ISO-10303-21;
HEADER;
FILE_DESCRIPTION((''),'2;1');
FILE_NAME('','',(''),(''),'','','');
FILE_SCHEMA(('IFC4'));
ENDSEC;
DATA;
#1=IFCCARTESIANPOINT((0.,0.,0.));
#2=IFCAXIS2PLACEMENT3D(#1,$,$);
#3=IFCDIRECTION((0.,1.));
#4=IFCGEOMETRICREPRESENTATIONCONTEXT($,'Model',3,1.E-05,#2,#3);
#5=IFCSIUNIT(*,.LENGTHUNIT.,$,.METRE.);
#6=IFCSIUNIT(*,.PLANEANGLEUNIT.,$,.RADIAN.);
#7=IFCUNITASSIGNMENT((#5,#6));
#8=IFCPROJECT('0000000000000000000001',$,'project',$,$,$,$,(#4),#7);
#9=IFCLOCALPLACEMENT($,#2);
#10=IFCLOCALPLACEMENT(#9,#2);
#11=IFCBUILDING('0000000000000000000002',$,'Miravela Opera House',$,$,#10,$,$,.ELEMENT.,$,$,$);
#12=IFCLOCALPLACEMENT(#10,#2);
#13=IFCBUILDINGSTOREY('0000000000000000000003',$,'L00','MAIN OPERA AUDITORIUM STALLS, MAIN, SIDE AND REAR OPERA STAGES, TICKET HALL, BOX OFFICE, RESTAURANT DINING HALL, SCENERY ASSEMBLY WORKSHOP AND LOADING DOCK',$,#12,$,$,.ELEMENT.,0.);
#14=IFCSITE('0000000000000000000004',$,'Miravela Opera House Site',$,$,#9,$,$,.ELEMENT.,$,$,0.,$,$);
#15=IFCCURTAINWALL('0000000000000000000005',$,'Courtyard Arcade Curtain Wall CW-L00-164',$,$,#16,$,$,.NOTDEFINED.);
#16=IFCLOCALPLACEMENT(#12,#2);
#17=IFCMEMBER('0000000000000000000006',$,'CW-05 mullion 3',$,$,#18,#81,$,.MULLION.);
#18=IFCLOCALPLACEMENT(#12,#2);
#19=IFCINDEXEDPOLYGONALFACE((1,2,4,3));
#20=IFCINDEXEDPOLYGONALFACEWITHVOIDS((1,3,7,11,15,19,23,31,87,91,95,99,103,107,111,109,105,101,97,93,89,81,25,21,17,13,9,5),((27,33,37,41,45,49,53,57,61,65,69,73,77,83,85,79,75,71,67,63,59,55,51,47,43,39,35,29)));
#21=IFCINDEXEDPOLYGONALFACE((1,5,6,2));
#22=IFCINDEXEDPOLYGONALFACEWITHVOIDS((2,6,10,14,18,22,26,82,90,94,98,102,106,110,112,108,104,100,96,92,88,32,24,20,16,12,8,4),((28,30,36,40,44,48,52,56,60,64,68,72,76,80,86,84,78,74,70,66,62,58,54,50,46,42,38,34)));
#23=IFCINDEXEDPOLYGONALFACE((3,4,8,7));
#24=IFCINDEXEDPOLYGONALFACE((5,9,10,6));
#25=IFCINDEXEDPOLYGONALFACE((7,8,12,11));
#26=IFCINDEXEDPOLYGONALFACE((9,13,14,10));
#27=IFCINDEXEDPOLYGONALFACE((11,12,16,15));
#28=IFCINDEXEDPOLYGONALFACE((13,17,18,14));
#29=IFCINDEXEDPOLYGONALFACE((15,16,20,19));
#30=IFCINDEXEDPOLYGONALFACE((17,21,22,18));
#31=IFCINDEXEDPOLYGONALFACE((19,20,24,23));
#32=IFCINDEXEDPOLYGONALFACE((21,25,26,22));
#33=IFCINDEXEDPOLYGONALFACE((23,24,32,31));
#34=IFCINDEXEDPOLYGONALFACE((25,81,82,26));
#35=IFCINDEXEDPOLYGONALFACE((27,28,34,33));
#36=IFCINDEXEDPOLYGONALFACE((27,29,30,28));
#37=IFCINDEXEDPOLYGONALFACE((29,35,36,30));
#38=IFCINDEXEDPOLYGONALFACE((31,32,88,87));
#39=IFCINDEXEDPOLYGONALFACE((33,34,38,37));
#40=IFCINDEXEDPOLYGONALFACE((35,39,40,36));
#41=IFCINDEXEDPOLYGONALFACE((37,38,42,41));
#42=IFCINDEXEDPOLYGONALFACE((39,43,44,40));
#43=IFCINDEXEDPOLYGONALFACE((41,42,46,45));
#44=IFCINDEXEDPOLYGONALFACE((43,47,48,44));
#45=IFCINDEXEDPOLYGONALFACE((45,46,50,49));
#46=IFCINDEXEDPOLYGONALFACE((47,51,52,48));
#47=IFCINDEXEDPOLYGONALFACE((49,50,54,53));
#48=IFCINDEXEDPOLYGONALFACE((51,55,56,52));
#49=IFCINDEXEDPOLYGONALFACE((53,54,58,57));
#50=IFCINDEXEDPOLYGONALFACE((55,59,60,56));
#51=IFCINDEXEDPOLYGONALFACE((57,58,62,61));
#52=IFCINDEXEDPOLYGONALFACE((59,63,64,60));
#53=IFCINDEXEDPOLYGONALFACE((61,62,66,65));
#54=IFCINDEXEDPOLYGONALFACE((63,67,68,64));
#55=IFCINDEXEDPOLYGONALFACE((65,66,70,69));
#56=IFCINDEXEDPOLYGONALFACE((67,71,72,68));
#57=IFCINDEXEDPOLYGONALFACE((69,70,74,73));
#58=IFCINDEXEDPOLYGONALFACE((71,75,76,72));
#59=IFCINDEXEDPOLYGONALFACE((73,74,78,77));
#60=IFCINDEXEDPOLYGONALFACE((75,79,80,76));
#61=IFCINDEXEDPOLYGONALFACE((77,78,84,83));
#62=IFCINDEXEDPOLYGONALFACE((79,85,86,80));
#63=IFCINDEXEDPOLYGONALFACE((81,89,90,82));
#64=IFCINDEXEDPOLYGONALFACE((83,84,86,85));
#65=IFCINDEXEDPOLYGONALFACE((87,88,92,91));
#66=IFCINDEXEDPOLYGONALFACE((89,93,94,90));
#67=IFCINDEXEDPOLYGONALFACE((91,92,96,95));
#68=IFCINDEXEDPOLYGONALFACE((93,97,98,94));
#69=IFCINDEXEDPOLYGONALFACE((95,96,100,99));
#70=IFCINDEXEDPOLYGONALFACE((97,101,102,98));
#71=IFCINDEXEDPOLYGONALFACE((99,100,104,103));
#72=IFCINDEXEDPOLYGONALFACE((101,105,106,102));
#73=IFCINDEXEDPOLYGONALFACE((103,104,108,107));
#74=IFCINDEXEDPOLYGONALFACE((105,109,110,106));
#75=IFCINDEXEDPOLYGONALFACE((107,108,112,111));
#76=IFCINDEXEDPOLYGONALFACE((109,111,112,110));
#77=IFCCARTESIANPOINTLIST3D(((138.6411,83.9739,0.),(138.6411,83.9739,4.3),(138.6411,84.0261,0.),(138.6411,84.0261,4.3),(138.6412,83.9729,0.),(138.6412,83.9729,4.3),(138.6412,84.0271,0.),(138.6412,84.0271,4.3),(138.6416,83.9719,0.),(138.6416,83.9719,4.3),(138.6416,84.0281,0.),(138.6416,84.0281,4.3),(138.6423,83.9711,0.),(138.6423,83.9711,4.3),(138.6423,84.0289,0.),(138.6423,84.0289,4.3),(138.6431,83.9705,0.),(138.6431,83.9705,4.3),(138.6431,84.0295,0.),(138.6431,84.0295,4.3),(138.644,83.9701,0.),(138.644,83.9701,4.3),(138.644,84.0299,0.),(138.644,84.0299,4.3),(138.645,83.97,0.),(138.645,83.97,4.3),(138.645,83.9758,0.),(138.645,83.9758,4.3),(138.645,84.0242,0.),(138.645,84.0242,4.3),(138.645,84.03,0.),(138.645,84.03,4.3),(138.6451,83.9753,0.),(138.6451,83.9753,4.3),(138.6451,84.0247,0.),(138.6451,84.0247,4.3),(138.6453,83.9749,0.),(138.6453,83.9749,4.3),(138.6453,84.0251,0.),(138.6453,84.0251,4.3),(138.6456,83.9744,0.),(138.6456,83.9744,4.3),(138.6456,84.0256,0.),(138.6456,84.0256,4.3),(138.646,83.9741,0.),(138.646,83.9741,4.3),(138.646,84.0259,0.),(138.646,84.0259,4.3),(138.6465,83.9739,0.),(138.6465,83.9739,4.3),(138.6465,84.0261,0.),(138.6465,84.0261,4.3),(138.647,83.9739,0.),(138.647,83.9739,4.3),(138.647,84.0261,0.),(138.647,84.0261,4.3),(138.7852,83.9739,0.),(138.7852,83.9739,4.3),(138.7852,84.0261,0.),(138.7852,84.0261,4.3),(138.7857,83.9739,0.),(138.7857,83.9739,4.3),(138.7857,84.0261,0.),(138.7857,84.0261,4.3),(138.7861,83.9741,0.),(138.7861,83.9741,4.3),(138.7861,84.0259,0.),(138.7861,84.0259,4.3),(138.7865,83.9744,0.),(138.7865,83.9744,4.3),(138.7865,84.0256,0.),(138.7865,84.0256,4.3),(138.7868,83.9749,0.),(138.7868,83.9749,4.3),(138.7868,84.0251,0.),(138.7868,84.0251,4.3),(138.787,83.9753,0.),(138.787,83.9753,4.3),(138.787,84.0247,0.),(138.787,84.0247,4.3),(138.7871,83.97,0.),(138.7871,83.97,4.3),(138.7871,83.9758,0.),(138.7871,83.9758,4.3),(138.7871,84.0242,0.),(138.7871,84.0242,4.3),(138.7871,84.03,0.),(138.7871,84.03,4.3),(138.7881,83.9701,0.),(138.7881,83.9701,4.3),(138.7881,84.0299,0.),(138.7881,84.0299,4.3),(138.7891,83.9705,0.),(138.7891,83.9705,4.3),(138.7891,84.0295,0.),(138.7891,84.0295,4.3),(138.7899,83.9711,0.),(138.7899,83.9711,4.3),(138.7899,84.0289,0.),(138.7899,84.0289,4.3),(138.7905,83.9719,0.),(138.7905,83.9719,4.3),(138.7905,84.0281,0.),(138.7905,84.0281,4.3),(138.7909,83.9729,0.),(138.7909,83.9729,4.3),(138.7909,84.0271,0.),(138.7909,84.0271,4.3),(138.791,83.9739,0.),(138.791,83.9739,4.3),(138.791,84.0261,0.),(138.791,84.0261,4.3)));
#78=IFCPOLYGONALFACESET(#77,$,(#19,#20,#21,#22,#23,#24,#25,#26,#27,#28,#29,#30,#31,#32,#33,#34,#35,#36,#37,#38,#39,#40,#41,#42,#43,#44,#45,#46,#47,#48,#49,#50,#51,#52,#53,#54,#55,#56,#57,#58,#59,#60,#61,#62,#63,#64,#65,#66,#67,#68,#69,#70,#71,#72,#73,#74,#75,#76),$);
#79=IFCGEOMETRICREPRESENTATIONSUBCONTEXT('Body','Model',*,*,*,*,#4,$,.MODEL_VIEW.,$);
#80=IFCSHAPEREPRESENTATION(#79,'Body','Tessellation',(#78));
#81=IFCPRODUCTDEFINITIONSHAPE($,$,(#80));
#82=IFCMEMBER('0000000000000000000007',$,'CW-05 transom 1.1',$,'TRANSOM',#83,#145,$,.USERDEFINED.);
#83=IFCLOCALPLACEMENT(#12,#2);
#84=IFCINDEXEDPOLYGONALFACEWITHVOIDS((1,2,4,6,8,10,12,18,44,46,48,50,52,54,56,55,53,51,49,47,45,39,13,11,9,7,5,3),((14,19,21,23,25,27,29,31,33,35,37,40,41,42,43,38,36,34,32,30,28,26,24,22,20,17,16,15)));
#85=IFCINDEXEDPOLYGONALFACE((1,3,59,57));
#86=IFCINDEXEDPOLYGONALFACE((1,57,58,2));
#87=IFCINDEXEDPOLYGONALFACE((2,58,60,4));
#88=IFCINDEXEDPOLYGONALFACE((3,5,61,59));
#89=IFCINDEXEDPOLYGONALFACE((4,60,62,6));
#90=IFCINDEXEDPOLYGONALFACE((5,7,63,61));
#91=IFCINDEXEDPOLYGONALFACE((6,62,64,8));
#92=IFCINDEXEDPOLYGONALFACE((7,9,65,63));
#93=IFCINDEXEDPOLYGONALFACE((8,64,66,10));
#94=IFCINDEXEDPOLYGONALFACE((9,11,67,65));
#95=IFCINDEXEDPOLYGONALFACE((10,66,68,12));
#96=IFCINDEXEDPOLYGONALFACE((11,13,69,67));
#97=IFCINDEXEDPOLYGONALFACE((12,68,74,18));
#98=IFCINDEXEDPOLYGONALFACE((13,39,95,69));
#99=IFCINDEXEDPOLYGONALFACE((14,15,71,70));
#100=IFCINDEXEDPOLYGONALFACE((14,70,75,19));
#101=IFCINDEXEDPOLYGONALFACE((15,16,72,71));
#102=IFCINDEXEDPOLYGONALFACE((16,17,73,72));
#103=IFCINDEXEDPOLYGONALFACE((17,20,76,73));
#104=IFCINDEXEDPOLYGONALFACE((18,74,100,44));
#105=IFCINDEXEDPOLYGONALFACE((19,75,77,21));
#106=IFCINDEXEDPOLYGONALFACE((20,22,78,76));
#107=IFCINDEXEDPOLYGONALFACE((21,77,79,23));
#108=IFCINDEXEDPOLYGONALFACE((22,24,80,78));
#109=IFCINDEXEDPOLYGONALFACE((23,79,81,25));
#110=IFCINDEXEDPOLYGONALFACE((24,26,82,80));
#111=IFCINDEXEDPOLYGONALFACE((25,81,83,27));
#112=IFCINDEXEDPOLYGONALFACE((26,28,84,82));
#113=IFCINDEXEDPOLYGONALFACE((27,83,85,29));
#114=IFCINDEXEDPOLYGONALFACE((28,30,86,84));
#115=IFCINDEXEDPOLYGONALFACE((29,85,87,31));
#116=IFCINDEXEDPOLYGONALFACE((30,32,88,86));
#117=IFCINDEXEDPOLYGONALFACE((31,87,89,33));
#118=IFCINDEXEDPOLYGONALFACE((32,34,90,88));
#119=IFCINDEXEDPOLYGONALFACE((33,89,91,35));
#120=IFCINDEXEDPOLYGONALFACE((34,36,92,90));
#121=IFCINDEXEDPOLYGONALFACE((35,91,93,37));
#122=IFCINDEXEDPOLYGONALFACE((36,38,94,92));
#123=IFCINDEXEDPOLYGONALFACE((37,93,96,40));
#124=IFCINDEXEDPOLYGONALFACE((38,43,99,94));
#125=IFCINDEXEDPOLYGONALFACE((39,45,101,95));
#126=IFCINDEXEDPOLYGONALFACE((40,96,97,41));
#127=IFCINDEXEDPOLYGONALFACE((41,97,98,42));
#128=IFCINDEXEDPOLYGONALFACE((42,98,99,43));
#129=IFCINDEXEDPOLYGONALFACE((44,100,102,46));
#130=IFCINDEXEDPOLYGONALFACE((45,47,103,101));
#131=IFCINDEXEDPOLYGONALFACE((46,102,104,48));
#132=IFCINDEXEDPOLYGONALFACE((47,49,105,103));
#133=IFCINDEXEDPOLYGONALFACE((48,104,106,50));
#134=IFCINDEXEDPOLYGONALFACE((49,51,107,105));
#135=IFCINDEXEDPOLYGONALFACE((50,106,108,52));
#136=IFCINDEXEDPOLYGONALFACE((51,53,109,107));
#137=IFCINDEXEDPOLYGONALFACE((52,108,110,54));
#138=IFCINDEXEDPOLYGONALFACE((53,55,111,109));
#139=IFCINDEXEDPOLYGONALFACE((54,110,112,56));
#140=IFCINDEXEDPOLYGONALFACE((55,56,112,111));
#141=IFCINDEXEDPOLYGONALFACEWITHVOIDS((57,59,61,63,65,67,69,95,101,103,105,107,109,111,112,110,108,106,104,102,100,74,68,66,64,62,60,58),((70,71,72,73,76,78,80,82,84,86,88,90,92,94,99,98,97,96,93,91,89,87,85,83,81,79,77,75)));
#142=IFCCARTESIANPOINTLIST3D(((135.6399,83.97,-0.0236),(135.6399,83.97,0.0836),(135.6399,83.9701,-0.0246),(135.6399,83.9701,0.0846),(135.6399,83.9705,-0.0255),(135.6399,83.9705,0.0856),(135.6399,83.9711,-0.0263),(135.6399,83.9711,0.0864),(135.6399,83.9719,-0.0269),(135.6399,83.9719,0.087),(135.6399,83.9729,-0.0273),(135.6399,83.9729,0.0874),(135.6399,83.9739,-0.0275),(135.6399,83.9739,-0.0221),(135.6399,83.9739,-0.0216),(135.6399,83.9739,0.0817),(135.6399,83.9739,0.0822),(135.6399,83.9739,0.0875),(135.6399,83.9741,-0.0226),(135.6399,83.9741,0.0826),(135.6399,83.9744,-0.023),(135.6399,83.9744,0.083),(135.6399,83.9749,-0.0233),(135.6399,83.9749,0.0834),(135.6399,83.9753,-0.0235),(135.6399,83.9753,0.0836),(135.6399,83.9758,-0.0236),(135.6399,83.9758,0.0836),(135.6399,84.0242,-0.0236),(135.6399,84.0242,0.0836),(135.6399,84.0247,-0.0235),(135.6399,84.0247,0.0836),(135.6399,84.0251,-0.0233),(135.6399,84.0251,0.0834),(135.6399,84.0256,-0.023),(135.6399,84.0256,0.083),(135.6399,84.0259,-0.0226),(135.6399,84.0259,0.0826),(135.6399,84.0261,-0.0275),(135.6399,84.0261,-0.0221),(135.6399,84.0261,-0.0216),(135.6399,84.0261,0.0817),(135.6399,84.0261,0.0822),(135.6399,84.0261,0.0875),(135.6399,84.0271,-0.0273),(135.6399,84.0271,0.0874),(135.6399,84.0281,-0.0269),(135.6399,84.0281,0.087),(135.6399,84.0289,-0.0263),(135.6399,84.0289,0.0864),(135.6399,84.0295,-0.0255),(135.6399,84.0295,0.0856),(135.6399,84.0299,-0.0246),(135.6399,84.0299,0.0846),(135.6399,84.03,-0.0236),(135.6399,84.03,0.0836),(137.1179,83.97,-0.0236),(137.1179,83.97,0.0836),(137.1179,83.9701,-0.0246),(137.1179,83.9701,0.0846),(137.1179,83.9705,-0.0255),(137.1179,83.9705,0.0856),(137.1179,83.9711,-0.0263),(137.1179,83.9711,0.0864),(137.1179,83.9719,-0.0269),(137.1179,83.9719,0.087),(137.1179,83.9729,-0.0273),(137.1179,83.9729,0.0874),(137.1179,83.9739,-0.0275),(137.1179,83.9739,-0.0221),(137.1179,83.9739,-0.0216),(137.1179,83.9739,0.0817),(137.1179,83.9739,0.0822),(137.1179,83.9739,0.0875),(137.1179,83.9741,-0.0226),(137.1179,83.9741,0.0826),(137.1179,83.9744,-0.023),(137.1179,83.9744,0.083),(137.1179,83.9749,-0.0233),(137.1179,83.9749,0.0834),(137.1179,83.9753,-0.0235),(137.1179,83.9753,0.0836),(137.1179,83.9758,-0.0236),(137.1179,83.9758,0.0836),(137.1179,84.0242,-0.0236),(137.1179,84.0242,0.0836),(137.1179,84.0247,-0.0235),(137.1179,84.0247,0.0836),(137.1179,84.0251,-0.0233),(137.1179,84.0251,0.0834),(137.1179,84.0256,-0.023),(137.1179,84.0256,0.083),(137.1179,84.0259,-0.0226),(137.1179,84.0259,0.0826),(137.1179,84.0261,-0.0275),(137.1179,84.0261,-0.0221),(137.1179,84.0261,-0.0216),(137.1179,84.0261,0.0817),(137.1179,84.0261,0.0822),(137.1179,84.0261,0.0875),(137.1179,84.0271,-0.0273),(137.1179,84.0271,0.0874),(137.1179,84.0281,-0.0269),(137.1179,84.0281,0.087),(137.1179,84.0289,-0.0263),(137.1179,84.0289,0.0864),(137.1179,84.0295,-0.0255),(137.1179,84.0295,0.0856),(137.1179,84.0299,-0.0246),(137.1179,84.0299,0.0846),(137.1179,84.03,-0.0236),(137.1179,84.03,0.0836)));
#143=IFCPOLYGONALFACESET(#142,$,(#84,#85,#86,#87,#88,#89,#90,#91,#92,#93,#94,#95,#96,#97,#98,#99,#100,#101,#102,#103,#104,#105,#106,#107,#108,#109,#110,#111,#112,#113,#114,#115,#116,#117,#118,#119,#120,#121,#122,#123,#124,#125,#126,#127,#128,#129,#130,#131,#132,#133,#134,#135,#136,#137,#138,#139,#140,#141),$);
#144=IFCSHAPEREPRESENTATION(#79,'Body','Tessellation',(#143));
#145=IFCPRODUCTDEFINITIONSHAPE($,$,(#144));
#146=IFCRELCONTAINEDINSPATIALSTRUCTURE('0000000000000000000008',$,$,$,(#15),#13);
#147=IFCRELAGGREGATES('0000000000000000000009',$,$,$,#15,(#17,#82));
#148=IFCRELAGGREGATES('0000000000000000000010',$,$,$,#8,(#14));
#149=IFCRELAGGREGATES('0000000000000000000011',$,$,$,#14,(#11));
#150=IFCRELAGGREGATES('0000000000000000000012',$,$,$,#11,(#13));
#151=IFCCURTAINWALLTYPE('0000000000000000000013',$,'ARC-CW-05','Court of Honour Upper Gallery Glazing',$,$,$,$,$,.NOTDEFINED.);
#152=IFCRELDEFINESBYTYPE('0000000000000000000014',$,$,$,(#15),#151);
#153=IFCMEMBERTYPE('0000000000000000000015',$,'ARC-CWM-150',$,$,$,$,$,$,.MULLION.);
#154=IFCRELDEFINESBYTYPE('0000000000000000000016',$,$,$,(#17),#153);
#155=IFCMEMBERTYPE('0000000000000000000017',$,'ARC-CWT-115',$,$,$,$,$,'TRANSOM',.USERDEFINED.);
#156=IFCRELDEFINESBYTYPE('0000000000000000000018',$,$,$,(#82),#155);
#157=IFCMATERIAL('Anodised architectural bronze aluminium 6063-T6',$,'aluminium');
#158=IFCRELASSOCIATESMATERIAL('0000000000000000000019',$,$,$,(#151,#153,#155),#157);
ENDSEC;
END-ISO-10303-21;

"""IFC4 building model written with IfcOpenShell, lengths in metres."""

from ifc_helpers import new_model, si_unit, direction, frame, origin, origin_2d, place, context, subcontext, project, spatial, hollow_rectangle, extrude, material, material_profile, profile_set, type_object, element, aggregate, save


model = new_model("IFC4")

# Units and contexts
model_context = context("Model", 3, precision=1e-05, world=origin(), true_north=direction((0.0, 1.0)))
body_context = subcontext(model_context, "Body", "Model", "MODEL_VIEW")
ifc_project = project(units=[si_unit("LENGTHUNIT", "METRE"), si_unit("PLANEANGLEUNIT", "RADIAN")], contexts=[model_context])

# Site, building, storey
site_placement = place(None, origin())
site = spatial("IfcSite", under=ifc_project, at=site_placement, Name="Miravela Opera House Site", CompositionType="ELEMENT", RefElevation=0.0)
building_placement = place(site_placement, origin())
building = spatial("IfcBuilding", under=site, at=building_placement, Name="Miravela Opera House", CompositionType="ELEMENT")
storey_placement = place(building_placement, origin())
storey = spatial("IfcBuildingStorey", under=building, at=storey_placement, Name="L00", Description="MAIN OPERA AUDITORIUM STALLS, MAIN, SIDE AND REAR OPERA STAGES, TICKET HALL, BOX OFFICE, RESTAURANT DINING HALL, SCENERY ASSEMBLY WORKSHOP AND LOADING DOCK", CompositionType="ELEMENT", Elevation=0.0)

# Curtain wall, members
ifc_material_1 = material(Name="Anodised architectural bronze aluminium 6063-T6", Category="aluminium")
curtain_wall_type = type_object("IfcCurtainWallType", Name="ARC-CW-05", Description="Court of Honour Upper Gallery Glazing", PredefinedType="NOTDEFINED", material=ifc_material_1)
curtain_wall_placement = place(storey_placement, origin())
curtain_wall = element("IfcCurtainWall", 1, at=curtain_wall_placement, inside=storey, type_object=curtain_wall_type, Name="Courtyard Arcade Curtain Wall CW-L00-164", PredefinedType="NOTDEFINED")
ifc_material_profile_1 = material_profile(ifc_material_1, hollow_rectangle(XDim=0.0601, YDim=0.1499, WallThickness=0.0039, InnerFilletRadius=0.002, OuterFilletRadius=0.0039, at=origin_2d()), Name="CWM-60X150")
ifc_profile_set_1 = profile_set([ifc_material_profile_1])
member_type_1 = type_object("IfcMemberType", Name="ARC-CWM-150", PredefinedType="MULLION", material=ifc_profile_set_1)
member_1_placement = place(storey_placement, frame((138.7161, 84.0, 0.0), z_axis=(0.0, 0.0, 1.0), x_axis=(0.0, 1.0, 0.0)))
member_1 = element("IfcMember", 2, at=member_1_placement, type_object=member_type_1, Name="CW-05 mullion 3", PredefinedType="MULLION", context=body_context, shape_type="SweptSolid", body=[
    extrude(hollow_rectangle(XDim=0.0601, YDim=0.1499, WallThickness=0.0039, InnerFilletRadius=0.002, OuterFilletRadius=0.0039, at=origin_2d()), origin(), (0.0, 0.0, 1.0), 4.3),
])
ifc_material_profile_2 = material_profile(ifc_material_1, hollow_rectangle(XDim=0.0601, YDim=0.115, WallThickness=0.0039, InnerFilletRadius=0.002, OuterFilletRadius=0.0039, at=origin_2d()), Name="CWT-60X115")
ifc_profile_set_2 = profile_set([ifc_material_profile_2])
member_type_2 = type_object("IfcMemberType", Name="ARC-CWT-115", ElementType="TRANSOM", PredefinedType="USERDEFINED", material=ifc_profile_set_2)
member_2_placement = place(storey_placement, frame((135.6399, 84.0, 0.03), z_axis=(1.0, 0.0, 0.0), x_axis=(0.0, 1.0, 0.0)))
member_2 = element("IfcMember", 3, at=member_2_placement, type_object=member_type_2, Name="CW-05 transom 1.1", ObjectType="TRANSOM", PredefinedType="USERDEFINED", context=body_context, shape_type="SweptSolid", body=[
    extrude(hollow_rectangle(XDim=0.0601, YDim=0.115, WallThickness=0.0039, InnerFilletRadius=0.002, OuterFilletRadius=0.0039, at=origin_2d()), origin(), (0.0, 0.0, 1.0), 1.478),
])

aggregate(curtain_wall, [member_1, member_2])

save(model, "model.ifc")
